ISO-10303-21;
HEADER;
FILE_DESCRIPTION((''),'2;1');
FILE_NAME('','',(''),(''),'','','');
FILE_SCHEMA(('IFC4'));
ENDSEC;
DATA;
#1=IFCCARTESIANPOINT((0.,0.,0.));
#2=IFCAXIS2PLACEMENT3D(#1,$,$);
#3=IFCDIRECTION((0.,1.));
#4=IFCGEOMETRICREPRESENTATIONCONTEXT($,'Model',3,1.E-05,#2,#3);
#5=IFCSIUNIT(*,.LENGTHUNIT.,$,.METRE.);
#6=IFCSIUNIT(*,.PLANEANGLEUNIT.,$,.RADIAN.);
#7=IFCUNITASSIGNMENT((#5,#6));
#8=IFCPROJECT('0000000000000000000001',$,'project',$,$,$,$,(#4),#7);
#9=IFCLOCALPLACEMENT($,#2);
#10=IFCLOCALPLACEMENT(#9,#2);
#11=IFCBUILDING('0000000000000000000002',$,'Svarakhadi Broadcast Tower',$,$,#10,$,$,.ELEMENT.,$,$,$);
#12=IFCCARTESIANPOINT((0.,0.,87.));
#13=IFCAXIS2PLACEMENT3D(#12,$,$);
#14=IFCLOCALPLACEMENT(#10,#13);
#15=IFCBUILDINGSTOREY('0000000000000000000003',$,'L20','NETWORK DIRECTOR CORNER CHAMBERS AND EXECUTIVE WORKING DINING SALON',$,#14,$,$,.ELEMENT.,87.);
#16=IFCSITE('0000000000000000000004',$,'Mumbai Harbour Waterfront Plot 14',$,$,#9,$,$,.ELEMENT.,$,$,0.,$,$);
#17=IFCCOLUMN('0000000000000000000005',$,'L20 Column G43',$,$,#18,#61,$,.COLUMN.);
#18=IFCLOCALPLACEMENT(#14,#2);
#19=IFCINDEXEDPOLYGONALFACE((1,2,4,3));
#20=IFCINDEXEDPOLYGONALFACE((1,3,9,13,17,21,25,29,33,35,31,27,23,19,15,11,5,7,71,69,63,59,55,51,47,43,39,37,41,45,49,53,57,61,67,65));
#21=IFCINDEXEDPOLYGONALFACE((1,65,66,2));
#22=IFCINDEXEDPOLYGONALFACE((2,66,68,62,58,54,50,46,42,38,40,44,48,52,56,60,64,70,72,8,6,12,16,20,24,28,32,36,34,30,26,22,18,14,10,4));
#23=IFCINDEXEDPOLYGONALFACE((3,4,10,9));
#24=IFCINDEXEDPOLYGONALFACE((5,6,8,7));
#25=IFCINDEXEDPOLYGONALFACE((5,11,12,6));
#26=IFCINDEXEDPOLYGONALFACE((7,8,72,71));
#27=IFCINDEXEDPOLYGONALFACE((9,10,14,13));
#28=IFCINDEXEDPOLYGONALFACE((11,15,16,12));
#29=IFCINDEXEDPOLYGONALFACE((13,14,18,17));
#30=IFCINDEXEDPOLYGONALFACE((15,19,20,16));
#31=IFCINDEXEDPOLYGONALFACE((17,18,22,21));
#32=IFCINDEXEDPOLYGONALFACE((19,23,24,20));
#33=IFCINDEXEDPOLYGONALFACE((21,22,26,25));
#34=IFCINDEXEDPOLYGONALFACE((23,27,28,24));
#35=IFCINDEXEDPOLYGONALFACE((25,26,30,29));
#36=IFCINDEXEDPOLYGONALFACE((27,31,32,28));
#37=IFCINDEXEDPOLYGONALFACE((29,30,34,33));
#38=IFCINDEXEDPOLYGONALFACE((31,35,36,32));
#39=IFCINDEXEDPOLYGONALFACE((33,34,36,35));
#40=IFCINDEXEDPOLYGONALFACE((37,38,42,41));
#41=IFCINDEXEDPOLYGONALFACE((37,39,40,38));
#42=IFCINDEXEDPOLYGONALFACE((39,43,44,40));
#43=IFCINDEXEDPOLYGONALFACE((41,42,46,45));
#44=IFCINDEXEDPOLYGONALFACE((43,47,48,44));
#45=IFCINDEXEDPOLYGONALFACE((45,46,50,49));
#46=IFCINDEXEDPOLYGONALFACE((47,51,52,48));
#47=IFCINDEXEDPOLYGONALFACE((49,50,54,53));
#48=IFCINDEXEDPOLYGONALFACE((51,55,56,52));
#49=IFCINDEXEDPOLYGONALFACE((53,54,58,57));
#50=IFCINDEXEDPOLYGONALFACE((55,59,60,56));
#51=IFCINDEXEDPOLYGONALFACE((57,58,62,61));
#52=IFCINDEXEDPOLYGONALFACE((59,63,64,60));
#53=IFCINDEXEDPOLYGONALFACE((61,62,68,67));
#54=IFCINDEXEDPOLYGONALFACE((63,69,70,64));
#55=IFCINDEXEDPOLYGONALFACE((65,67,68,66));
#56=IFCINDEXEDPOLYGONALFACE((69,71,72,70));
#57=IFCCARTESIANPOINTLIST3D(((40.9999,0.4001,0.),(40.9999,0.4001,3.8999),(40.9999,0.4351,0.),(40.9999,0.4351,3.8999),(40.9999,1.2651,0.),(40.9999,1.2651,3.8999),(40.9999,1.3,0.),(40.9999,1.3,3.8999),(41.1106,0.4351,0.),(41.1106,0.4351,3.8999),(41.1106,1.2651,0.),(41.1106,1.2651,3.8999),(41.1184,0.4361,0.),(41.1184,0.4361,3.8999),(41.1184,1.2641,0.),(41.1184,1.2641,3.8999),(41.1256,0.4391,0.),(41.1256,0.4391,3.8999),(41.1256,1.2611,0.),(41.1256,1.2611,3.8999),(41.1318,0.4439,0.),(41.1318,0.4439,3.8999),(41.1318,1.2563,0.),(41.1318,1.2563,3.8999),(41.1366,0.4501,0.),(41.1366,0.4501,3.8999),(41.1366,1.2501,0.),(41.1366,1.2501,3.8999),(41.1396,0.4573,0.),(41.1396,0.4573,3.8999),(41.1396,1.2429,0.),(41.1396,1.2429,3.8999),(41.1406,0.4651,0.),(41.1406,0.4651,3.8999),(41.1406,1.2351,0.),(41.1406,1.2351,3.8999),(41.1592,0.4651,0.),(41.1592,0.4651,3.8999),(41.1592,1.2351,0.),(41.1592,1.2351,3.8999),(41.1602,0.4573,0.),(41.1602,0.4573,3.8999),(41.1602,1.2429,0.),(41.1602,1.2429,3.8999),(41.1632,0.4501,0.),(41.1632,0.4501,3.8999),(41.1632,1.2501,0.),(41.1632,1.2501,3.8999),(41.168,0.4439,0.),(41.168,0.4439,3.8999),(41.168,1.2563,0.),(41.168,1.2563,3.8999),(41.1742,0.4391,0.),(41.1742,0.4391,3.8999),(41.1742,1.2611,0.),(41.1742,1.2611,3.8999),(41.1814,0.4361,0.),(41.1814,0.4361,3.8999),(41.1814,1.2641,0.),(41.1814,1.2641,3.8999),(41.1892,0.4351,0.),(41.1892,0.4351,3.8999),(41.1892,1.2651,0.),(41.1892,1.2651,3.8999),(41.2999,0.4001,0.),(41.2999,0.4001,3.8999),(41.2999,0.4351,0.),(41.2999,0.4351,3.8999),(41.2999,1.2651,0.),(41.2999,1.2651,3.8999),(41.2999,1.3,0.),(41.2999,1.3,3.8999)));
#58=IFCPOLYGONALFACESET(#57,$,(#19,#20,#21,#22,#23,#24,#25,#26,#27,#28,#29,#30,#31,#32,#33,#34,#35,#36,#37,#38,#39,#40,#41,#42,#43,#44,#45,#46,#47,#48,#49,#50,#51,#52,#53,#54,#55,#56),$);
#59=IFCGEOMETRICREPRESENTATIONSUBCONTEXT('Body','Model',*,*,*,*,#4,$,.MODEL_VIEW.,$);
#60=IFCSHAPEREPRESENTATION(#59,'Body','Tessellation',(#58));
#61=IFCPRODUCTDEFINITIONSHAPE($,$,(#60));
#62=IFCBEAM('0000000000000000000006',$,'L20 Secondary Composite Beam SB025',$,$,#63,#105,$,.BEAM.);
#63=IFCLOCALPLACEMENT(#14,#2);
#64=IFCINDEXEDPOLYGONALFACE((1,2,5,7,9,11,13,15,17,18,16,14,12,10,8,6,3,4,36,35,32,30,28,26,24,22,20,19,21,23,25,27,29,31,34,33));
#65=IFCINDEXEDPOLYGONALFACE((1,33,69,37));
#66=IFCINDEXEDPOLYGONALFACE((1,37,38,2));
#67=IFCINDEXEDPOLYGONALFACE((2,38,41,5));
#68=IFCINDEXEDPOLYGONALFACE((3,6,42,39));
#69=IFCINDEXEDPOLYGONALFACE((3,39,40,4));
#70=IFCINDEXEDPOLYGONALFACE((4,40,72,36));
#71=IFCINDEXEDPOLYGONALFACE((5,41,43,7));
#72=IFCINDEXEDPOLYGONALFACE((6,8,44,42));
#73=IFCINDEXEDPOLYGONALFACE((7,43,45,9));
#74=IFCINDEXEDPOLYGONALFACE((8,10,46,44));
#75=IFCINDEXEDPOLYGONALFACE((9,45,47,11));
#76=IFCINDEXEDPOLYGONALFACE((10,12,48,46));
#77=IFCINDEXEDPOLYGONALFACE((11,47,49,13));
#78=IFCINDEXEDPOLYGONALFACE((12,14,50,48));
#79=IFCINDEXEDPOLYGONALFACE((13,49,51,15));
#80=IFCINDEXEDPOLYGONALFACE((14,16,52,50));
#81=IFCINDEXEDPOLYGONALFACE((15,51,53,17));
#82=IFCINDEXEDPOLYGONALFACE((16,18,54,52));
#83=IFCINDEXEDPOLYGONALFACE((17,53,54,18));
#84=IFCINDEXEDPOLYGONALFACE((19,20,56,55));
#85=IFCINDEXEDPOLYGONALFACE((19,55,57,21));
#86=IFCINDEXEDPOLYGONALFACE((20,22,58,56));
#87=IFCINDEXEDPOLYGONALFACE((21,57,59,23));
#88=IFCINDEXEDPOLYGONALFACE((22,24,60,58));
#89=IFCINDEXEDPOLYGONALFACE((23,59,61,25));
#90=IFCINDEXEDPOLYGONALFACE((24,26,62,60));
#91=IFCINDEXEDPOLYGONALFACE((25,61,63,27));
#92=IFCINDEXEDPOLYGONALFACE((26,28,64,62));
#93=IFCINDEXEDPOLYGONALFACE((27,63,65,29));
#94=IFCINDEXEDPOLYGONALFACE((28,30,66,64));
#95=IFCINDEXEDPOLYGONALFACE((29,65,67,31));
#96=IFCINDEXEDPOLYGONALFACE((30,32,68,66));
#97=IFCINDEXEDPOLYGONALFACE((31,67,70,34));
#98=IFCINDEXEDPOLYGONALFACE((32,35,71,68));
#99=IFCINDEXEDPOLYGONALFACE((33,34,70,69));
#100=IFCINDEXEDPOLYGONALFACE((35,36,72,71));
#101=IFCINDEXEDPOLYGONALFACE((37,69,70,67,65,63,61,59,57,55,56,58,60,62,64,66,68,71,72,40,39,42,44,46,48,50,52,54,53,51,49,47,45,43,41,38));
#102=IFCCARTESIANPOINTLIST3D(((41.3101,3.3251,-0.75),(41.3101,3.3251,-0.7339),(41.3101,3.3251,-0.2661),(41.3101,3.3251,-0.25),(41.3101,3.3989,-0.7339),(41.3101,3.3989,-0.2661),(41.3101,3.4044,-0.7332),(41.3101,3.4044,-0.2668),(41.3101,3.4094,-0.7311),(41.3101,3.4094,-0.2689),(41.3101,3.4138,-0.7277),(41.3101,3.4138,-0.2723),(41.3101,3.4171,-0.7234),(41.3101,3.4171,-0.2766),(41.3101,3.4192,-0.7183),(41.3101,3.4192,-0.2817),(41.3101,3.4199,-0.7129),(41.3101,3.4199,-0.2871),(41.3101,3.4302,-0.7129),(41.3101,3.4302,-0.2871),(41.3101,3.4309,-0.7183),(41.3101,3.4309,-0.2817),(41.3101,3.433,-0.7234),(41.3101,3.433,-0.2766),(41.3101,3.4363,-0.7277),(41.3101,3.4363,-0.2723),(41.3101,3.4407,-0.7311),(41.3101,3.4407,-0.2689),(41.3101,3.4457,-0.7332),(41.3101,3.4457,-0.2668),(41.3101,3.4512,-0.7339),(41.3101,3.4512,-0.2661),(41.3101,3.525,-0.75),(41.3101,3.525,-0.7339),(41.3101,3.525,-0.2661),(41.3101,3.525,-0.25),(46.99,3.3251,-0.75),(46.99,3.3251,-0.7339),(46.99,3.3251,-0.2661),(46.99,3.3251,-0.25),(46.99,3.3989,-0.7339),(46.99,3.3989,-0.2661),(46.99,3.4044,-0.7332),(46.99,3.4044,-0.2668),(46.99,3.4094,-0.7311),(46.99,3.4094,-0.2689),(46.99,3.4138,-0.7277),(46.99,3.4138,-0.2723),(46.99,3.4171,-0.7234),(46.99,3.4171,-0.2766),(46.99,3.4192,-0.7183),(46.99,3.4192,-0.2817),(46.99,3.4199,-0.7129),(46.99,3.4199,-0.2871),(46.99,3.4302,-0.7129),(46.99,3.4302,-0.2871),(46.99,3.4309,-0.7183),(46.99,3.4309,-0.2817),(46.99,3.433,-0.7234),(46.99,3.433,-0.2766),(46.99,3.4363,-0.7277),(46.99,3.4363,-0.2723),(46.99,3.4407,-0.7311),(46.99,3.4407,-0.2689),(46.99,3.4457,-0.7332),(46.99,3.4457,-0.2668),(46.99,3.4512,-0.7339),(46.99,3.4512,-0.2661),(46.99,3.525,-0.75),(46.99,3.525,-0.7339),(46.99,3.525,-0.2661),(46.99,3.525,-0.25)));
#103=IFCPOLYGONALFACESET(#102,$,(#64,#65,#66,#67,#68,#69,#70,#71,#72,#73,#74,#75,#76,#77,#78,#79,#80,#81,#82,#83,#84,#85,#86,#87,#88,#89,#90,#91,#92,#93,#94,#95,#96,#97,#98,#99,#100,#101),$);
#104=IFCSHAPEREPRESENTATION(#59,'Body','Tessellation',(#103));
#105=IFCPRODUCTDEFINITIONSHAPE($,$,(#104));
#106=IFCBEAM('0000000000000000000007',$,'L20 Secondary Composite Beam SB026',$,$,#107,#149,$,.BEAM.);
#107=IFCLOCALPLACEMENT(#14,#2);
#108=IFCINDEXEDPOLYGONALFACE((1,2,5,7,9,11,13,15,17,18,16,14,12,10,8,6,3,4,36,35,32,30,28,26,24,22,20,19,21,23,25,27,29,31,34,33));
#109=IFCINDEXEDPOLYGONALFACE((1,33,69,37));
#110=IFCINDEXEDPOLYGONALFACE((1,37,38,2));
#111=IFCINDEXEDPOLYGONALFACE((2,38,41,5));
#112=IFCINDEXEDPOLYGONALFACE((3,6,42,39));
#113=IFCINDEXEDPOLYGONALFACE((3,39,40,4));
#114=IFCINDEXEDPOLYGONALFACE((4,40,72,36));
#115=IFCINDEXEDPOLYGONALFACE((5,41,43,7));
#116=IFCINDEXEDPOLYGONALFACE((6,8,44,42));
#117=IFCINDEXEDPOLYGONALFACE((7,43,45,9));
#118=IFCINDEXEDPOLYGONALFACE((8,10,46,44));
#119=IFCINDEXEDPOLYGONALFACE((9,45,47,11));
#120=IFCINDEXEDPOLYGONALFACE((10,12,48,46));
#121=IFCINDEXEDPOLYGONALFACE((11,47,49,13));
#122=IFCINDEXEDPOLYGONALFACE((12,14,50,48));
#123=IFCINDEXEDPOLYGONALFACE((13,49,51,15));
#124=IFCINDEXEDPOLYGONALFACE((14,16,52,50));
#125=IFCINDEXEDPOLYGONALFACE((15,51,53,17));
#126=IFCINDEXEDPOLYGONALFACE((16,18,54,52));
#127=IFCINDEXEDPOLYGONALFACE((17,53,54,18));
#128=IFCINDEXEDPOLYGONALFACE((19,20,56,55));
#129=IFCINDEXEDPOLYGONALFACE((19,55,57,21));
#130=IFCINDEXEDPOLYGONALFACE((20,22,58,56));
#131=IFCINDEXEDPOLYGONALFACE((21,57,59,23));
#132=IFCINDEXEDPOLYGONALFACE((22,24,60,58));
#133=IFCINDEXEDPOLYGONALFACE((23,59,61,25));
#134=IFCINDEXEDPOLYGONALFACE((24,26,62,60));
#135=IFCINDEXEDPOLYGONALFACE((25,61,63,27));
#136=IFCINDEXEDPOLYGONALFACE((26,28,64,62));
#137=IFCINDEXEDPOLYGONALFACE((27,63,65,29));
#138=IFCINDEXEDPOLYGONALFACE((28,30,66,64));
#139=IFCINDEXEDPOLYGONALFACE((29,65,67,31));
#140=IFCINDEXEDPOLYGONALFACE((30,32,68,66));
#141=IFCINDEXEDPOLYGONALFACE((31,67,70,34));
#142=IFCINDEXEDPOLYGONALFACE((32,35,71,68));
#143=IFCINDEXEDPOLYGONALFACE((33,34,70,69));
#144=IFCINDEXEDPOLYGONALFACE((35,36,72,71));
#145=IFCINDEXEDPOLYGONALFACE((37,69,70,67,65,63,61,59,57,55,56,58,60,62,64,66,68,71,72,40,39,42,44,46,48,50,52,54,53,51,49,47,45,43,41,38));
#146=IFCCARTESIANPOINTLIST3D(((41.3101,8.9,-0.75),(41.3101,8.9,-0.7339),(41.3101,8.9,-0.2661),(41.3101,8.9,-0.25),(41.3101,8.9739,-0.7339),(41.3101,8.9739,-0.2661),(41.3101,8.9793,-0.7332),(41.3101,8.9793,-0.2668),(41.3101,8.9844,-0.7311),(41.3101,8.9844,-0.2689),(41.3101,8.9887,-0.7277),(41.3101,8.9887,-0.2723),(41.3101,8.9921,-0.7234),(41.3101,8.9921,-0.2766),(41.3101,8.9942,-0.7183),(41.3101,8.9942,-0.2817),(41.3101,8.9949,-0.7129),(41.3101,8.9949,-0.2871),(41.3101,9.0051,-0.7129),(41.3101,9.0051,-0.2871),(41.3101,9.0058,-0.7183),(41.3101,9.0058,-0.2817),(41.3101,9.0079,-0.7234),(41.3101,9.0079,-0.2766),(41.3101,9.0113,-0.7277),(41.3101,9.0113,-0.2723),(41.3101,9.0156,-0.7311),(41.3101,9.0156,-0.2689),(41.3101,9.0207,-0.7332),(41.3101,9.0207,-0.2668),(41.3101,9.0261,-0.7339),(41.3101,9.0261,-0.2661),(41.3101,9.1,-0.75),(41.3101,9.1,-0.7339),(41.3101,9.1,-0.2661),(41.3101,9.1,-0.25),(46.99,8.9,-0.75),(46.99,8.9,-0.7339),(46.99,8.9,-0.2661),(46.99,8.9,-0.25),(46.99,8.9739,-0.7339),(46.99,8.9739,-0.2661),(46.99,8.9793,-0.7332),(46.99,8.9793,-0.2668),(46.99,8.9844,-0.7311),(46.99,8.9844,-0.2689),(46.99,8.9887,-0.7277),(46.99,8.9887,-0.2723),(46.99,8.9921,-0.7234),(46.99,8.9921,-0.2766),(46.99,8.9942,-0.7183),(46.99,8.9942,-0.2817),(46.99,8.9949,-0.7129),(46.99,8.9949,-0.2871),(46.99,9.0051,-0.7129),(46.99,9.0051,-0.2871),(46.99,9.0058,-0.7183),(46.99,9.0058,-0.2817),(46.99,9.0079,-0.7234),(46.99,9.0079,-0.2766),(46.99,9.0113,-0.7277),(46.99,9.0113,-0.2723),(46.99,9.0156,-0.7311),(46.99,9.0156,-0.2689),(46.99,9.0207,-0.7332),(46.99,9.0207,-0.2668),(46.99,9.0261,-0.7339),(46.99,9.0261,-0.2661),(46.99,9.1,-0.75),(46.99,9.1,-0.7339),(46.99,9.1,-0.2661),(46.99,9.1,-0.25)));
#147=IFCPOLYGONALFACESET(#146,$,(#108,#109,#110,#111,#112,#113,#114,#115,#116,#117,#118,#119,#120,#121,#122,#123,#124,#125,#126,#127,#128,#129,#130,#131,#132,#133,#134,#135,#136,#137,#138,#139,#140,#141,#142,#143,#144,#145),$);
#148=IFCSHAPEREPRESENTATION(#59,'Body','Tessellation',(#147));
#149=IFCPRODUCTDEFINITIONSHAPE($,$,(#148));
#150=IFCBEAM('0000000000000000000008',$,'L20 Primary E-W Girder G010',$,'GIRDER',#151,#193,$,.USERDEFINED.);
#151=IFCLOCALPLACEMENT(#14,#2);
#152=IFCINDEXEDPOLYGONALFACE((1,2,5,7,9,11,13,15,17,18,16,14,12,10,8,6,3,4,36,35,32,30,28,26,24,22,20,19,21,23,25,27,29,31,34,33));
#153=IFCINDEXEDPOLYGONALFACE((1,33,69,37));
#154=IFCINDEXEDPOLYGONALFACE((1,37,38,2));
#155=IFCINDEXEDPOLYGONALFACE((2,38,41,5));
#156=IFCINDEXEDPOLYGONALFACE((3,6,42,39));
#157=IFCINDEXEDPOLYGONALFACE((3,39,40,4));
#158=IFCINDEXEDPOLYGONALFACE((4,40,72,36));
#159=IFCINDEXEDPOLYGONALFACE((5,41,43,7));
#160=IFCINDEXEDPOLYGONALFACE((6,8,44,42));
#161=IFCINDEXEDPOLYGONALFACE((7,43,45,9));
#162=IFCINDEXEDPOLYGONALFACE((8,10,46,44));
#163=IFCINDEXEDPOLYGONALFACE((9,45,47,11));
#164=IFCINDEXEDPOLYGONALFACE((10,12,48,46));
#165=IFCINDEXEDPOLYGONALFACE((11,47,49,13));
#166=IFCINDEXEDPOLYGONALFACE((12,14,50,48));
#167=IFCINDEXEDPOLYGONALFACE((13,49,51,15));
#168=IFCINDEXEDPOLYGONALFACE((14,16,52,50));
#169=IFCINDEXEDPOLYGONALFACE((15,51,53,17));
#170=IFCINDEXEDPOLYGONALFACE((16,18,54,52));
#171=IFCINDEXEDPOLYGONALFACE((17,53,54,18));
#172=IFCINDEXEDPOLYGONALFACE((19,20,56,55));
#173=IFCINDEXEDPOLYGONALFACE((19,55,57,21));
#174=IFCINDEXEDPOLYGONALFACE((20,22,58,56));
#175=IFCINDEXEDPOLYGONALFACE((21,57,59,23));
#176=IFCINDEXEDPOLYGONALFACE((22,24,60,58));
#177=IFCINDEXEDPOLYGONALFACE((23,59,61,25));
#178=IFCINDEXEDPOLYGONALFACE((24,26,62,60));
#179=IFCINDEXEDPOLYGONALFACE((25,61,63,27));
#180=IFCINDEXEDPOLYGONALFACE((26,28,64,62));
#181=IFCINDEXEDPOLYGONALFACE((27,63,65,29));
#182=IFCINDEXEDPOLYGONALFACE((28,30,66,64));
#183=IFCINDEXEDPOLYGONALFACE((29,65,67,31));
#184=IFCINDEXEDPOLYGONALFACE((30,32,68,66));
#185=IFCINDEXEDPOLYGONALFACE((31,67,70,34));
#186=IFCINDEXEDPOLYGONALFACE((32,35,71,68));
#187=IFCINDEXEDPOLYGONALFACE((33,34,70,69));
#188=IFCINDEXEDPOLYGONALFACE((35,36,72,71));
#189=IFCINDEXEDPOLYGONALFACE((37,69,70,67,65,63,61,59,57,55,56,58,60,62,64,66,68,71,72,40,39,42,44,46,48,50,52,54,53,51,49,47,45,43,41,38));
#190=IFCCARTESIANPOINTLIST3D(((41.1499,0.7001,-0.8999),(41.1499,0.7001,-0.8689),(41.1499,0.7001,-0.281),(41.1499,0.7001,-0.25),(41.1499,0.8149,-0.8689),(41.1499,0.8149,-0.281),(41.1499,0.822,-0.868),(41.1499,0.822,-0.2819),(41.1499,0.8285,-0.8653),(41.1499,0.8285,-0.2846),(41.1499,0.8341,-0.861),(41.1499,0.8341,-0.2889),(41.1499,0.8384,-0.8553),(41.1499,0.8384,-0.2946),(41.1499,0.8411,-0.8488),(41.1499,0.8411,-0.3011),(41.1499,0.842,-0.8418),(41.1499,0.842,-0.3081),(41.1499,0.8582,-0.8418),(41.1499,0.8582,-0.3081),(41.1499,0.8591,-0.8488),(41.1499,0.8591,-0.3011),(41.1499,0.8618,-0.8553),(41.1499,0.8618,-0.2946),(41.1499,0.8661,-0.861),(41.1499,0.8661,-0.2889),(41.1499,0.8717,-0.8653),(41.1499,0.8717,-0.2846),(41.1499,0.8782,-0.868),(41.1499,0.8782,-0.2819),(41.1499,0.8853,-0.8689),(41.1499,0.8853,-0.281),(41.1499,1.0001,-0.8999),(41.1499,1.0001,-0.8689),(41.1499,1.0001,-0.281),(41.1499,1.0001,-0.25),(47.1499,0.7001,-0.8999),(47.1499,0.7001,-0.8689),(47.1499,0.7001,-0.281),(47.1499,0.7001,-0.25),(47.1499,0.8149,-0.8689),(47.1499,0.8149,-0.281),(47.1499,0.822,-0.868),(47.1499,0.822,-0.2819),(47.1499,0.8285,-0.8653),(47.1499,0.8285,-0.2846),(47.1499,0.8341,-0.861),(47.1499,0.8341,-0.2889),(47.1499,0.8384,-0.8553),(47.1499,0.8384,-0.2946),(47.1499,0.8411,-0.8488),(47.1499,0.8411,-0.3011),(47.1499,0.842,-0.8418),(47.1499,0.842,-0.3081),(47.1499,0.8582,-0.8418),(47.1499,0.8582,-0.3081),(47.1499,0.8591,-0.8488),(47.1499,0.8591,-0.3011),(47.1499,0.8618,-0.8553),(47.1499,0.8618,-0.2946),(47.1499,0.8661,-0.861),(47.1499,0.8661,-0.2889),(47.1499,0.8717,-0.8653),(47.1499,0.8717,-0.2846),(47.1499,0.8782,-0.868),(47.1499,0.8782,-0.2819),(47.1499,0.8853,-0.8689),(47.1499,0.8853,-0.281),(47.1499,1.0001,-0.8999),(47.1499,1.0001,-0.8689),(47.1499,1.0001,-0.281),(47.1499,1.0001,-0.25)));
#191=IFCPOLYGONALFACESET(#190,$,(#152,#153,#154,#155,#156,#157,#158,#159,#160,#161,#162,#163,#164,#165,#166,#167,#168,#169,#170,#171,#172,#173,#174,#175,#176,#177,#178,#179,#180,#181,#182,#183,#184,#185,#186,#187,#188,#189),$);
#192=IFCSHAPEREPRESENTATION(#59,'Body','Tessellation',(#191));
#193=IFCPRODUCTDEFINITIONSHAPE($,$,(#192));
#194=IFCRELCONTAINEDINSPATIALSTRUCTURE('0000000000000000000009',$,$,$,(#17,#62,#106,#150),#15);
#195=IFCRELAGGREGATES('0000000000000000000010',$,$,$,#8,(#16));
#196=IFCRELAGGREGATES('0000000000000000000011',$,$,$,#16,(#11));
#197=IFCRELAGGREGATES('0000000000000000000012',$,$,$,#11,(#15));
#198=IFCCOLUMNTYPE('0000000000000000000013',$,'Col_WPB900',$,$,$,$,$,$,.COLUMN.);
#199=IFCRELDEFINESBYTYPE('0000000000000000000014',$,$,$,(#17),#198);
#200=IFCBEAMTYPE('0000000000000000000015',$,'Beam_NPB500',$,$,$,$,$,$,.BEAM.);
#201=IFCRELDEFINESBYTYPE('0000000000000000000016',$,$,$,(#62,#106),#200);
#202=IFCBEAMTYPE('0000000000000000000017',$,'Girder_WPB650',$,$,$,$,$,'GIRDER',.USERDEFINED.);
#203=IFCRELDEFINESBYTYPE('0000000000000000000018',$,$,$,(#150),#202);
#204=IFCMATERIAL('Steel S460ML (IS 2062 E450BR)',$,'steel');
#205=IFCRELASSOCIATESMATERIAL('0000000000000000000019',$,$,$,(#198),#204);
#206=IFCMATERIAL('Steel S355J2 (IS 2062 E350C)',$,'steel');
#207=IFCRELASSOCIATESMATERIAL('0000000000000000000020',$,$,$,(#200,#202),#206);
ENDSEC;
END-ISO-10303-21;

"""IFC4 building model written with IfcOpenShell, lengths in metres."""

from ifc_helpers import new_model, si_unit, direction, frame, origin, origin_2d, place, context, subcontext, project, spatial, i_section, extrude, material, material_profile, profile_set, type_object, element, save


model = new_model("IFC4")

# Units and contexts
model_context = context("Model", 3, precision=1e-05, world=origin(), true_north=direction((0.0, 1.0)))
body_context = subcontext(model_context, "Body", "Model", "MODEL_VIEW")
ifc_project = project(units=[si_unit("LENGTHUNIT", "METRE"), si_unit("PLANEANGLEUNIT", "RADIAN")], contexts=[model_context])

# Site, building, storey
site_placement = place(None, origin())
site = spatial("IfcSite", under=ifc_project, at=site_placement, Name="Mumbai Harbour Waterfront Plot 14", CompositionType="ELEMENT", RefElevation=0.0)
building_placement = place(site_placement, origin())
building = spatial("IfcBuilding", under=site, at=building_placement, Name="Svarakhadi Broadcast Tower", CompositionType="ELEMENT")
storey_placement = place(building_placement, frame((0.0, 0.0, 87.0)))
storey = spatial("IfcBuildingStorey", under=building, at=storey_placement, Name="L20", Description="NETWORK DIRECTOR CORNER CHAMBERS AND EXECUTIVE WORKING DINING SALON", CompositionType="ELEMENT", Elevation=87.0)

# Column
ifc_material_1 = material(Name="Steel S460ML (IS 2062 E450BR)", Category="steel")
ifc_material_profile_1 = material_profile(ifc_material_1, i_section(OverallWidth=0.3, OverallDepth=0.8999, WebThickness=0.0186, FlangeThickness=0.0349, FilletRadius=0.03, at=origin_2d()), Name="WPB 900x300x291")
ifc_profile_set_1 = profile_set([ifc_material_profile_1], Name="Steel S460ML (IS 2062 E450BR)")
column_type_1 = type_object("IfcColumnType", Name="Col_WPB900", PredefinedType="COLUMN", material=ifc_profile_set_1)
column_1_placement = place(storey_placement, frame((41.1499, 0.8501, 0.0), z_axis=(0.0, 0.0, 1.0), x_axis=(1.0, 0.0, 0.0)))
element("IfcColumn", 1, at=column_1_placement, inside=storey, type_object=column_type_1, Name="L20 Column G43", PredefinedType="COLUMN", context=body_context, shape_type="SweptSolid", body=[
    extrude(i_section(OverallWidth=0.3, OverallDepth=0.8999, WebThickness=0.0186, FlangeThickness=0.0349, FilletRadius=0.03, at=origin_2d()), origin(), (0.0, 0.0, 1.0), 3.8999),
])

# Beams
ifc_material_2 = material(Name="Steel S355J2 (IS 2062 E350C)", Category="steel")
ifc_material_profile_2 = material_profile(ifc_material_2, i_section(OverallWidth=0.2, OverallDepth=0.5, WebThickness=0.0103, FlangeThickness=0.0161, FilletRadius=0.021, at=origin_2d()), Name="NPB 500x200x91")
ifc_profile_set_2 = profile_set([ifc_material_profile_2], Name="Steel S355J2 (IS 2062 E350C)")
beam_type_1 = type_object("IfcBeamType", Name="Beam_NPB500", PredefinedType="BEAM", material=ifc_profile_set_2)
for number, where, z_axis, x_axis, name in (
    (2, (41.3101, 3.425, -0.5), (1.0, 0.0, 0.0), (0.0, 1.0, 0.0), "L20 Secondary Composite Beam SB025"),
    (3, (41.3101, 9.0, -0.5), (1.0, 0.0, 0.0), (0.0, 1.0, 0.0), "L20 Secondary Composite Beam SB026"),
):
    element("IfcBeam", number, at=place(storey_placement, frame(where, z_axis=z_axis, x_axis=x_axis)), inside=storey, type_object=beam_type_1, Name=name, PredefinedType="BEAM", context=body_context, shape_type="SweptSolid", body=[
        extrude(i_section(OverallWidth=0.2, OverallDepth=0.5, WebThickness=0.0103, FlangeThickness=0.0161, FilletRadius=0.021, at=origin_2d()), origin(), (0.0, 0.0, 1.0), 5.6799),
    ])
ifc_material_profile_3 = material_profile(ifc_material_2, i_section(OverallWidth=0.3, OverallDepth=0.6499, WebThickness=0.0161, FlangeThickness=0.031, FilletRadius=0.0271, at=origin_2d()), Name="WPB 650x300x225")
ifc_profile_set_3 = profile_set([ifc_material_profile_3], Name="Steel S355J2 (IS 2062 E350C)")
beam_type_2 = type_object("IfcBeamType", Name="Girder_WPB650", ElementType="GIRDER", PredefinedType="USERDEFINED", material=ifc_profile_set_3)
for number, where, z_axis, x_axis, name in (
    (4, (41.1499, 0.8501, -0.575), (1.0, 0.0, 0.0), (0.0, 1.0, 0.0), "L20 Primary E-W Girder G010"),
):
    element("IfcBeam", number, at=place(storey_placement, frame(where, z_axis=z_axis, x_axis=x_axis)), inside=storey, type_object=beam_type_2, Name=name, ObjectType="GIRDER", PredefinedType="USERDEFINED", context=body_context, shape_type="SweptSolid", body=[
        extrude(i_section(OverallWidth=0.3, OverallDepth=0.6499, WebThickness=0.0161, FlangeThickness=0.031, FilletRadius=0.0271, at=origin_2d()), origin(), (0.0, 0.0, 1.0), 6.0),
    ])

save(model, "model.ifc")
